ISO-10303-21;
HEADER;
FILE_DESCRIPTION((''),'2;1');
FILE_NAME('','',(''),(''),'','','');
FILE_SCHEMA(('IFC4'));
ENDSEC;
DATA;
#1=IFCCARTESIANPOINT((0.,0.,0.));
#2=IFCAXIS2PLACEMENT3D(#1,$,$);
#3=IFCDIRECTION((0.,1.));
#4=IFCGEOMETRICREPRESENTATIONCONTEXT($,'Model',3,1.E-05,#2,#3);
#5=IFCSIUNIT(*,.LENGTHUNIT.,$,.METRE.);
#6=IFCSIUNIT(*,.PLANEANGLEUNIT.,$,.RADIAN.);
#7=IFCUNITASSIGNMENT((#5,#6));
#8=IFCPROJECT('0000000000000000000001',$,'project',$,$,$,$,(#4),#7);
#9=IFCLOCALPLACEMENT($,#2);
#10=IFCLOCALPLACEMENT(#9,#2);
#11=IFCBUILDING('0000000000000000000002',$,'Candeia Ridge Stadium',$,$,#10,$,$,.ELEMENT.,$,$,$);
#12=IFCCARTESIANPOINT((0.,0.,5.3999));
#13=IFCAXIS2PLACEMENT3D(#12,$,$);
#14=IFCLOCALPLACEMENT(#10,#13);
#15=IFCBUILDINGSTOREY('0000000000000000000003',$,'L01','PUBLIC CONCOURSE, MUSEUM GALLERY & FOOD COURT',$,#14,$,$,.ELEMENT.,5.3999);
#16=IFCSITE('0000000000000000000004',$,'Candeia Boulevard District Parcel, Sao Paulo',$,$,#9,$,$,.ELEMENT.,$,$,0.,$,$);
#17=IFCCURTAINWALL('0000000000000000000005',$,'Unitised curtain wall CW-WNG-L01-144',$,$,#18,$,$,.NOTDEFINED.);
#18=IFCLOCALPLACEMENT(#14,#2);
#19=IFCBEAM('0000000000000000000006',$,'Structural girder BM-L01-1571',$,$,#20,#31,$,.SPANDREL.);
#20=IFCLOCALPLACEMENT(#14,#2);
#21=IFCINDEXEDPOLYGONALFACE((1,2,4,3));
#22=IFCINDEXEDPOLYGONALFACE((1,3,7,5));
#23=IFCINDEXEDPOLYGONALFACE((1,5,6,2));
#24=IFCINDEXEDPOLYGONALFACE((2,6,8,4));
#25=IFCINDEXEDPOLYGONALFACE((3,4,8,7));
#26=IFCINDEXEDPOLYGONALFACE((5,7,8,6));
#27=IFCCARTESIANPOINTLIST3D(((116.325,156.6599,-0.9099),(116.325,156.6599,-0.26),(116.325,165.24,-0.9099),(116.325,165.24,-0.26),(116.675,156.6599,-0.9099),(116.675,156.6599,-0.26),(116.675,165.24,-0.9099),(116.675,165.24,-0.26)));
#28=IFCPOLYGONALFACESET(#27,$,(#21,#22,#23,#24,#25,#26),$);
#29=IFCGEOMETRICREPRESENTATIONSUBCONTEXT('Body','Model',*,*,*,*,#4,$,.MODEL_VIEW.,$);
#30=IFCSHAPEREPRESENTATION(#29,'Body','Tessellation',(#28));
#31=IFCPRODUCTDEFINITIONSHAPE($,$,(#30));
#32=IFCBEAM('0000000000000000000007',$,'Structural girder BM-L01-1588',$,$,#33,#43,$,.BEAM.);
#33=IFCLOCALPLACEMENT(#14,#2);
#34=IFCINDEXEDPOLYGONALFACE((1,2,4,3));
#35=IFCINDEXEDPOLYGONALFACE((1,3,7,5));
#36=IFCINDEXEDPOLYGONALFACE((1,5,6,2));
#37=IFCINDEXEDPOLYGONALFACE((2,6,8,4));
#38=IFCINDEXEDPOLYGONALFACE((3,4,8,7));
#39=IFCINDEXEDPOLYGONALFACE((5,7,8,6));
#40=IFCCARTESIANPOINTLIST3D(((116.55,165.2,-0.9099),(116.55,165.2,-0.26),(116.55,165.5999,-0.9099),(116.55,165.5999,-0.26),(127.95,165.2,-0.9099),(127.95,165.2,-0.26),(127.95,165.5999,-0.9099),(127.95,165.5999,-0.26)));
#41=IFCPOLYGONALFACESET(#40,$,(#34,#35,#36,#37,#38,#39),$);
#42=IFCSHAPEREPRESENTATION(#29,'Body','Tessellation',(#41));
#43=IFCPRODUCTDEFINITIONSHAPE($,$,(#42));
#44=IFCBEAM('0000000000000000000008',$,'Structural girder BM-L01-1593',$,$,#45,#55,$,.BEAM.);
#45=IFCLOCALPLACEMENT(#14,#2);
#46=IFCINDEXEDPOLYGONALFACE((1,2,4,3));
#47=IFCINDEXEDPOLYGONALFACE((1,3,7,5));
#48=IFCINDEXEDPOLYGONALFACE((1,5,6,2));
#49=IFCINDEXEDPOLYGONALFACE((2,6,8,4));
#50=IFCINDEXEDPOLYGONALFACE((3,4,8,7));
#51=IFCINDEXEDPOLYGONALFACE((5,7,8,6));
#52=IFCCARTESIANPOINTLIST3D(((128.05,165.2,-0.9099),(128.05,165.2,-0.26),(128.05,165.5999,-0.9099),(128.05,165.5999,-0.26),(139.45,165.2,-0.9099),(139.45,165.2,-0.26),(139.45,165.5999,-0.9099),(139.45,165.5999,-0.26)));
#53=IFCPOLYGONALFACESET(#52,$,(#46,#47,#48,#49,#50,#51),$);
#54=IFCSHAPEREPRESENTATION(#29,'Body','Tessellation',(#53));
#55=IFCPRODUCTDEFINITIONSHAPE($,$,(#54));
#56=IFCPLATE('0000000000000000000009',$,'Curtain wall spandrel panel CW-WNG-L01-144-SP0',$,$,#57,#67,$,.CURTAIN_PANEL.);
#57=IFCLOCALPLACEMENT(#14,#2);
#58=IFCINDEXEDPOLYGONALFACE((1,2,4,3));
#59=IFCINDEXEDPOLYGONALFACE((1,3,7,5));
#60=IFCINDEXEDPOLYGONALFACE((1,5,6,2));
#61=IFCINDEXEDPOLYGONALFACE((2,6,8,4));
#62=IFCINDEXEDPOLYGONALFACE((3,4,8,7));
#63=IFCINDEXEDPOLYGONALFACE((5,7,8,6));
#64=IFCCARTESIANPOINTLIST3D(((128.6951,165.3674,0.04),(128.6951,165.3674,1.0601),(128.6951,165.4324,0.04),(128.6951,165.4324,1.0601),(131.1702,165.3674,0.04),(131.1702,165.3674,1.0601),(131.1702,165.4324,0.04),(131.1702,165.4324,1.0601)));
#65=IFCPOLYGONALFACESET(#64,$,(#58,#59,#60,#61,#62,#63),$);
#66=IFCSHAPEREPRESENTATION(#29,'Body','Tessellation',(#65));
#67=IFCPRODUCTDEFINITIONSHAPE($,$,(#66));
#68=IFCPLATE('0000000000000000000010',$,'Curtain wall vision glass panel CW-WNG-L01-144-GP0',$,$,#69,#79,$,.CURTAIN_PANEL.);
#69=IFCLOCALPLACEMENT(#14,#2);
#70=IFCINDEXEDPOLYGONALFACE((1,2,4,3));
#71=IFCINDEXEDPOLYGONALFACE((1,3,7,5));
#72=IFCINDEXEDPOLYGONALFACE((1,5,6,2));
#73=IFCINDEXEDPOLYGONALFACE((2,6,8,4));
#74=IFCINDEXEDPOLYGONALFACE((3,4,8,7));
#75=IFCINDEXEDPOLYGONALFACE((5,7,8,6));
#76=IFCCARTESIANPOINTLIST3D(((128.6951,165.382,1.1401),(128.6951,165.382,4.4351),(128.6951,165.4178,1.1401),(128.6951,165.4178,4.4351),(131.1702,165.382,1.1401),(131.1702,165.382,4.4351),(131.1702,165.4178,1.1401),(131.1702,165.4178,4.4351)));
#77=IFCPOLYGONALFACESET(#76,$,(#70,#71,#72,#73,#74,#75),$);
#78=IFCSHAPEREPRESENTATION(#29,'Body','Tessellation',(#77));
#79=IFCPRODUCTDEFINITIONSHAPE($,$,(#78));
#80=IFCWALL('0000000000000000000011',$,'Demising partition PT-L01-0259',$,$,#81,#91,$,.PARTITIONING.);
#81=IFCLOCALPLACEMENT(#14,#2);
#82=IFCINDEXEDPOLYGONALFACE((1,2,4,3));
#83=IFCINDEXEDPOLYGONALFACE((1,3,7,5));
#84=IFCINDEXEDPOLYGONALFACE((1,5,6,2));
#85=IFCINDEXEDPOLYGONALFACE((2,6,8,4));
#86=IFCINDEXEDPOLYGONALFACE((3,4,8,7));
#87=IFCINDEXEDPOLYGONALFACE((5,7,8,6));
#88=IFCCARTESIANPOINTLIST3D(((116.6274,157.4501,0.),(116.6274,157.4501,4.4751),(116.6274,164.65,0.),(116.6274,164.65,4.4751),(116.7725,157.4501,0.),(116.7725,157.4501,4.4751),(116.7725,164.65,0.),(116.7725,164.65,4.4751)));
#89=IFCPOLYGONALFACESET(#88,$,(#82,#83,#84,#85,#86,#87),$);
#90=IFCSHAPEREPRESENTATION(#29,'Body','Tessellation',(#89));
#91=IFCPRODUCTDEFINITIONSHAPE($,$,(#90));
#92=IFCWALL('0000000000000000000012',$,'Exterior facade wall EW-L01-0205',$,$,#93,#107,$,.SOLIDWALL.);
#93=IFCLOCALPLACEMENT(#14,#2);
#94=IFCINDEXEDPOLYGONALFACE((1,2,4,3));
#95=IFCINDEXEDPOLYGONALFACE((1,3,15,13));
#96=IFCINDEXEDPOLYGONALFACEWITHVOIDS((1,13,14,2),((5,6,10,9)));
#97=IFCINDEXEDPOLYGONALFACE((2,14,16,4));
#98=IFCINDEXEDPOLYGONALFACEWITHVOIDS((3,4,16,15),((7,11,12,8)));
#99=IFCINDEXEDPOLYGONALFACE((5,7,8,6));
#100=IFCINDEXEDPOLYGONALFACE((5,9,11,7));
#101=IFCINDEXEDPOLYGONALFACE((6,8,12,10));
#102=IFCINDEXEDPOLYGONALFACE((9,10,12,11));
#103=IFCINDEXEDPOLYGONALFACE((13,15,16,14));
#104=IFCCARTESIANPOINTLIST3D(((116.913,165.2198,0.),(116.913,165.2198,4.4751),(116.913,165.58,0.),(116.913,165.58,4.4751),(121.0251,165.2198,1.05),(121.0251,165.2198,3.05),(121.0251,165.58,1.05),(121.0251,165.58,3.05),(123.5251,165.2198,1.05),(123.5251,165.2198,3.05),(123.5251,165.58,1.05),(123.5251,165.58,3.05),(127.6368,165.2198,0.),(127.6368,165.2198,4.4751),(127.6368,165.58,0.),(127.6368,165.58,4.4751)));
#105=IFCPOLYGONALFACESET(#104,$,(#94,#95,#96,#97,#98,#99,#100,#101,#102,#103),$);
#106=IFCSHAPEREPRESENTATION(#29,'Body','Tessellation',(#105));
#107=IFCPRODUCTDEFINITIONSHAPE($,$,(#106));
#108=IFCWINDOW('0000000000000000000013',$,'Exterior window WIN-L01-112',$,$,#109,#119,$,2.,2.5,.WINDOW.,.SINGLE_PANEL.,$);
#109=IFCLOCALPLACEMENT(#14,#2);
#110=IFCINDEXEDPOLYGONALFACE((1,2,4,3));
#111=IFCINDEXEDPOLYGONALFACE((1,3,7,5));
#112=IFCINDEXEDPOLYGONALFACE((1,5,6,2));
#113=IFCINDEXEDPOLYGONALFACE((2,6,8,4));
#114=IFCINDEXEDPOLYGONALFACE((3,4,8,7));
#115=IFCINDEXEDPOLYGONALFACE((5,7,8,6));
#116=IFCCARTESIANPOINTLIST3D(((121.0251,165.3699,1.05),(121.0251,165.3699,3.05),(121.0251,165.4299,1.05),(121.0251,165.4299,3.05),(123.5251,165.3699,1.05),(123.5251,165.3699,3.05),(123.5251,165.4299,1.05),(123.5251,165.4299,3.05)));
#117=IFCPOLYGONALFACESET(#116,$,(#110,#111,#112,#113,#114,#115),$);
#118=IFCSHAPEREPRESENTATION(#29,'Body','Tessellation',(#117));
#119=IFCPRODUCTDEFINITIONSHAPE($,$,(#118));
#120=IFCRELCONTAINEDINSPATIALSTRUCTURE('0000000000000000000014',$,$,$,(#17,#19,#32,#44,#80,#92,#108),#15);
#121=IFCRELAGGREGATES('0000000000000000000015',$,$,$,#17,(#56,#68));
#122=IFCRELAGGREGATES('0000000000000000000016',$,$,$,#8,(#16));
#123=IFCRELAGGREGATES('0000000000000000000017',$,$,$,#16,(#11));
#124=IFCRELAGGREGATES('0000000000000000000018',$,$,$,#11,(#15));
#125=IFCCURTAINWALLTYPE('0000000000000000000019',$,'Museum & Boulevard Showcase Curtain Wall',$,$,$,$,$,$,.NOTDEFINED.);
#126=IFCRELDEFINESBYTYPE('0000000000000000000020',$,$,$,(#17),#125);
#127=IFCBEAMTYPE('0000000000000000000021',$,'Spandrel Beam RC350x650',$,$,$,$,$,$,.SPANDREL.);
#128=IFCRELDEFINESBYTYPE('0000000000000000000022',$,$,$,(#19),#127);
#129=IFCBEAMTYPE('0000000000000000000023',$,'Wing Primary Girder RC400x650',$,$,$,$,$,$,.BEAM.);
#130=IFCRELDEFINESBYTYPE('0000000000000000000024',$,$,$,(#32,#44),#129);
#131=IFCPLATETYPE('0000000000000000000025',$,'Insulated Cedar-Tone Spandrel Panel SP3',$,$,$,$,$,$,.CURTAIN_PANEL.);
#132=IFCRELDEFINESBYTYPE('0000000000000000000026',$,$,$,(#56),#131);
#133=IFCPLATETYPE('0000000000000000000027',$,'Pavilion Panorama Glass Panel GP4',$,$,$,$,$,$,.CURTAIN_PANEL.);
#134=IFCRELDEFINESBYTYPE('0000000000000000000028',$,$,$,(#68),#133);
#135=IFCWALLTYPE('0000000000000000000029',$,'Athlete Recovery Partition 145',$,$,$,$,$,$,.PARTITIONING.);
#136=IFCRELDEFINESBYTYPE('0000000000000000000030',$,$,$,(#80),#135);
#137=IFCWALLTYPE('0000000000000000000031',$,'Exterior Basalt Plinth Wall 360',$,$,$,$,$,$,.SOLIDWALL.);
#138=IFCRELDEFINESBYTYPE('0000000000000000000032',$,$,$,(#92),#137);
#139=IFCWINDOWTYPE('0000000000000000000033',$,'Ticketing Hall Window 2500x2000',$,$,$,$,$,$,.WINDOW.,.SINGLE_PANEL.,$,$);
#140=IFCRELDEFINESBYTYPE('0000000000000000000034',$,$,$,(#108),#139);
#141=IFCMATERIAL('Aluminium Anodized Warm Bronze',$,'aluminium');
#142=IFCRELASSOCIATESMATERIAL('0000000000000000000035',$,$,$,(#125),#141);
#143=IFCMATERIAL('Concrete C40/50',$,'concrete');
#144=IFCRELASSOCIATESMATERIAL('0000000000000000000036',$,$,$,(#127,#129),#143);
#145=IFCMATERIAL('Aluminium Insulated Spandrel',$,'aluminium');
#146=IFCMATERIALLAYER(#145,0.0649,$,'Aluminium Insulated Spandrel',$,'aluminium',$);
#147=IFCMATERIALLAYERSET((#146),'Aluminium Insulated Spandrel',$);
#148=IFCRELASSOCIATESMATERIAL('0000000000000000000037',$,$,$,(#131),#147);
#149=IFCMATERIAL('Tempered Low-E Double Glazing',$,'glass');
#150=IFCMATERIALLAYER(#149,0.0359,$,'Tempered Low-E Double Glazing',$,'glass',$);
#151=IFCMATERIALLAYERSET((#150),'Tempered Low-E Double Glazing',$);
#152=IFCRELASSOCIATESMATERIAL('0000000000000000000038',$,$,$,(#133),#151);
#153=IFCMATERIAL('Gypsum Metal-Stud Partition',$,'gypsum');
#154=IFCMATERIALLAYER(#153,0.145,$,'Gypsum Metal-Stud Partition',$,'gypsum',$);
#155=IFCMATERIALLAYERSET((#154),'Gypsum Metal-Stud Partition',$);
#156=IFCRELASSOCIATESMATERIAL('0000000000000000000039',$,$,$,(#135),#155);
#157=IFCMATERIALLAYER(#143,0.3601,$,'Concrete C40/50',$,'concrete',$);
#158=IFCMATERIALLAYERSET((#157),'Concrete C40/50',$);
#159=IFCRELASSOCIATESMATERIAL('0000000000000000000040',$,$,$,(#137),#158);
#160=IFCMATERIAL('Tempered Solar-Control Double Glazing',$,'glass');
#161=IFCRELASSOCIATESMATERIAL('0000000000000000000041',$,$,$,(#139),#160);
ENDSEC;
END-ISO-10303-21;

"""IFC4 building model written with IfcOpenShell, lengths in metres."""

from ifc_helpers import new_model, si_unit, direction, frame, frame_2d, origin, origin_2d, place, context, subcontext, project, spatial, rectangle, extrude, material, layer, layer_set, material_profile, profile_set, type_object, element, fill, aggregate, save


model = new_model("IFC4")

# Units and contexts
model_context = context("Model", 3, precision=1e-05, world=origin(), true_north=direction((0.0, 1.0)))
body_context = subcontext(model_context, "Body", "Model", "MODEL_VIEW")
ifc_project = project(units=[si_unit("LENGTHUNIT", "METRE"), si_unit("PLANEANGLEUNIT", "RADIAN")], contexts=[model_context])

# Site, building, storey
site_placement = place(None, origin())
site = spatial("IfcSite", under=ifc_project, at=site_placement, Name="Candeia Boulevard District Parcel, Sao Paulo", CompositionType="ELEMENT", RefElevation=0.0)
building_placement = place(site_placement, origin())
building = spatial("IfcBuilding", under=site, at=building_placement, Name="Candeia Ridge Stadium", CompositionType="ELEMENT")
storey_placement = place(building_placement, frame((0.0, 0.0, 5.3999)))
storey = spatial("IfcBuildingStorey", under=building, at=storey_placement, Name="L01", Description="PUBLIC CONCOURSE, MUSEUM GALLERY & FOOD COURT", CompositionType="ELEMENT", Elevation=5.3999)

# Shared definitions
ifc_material_1 = material(Name="Concrete C40/50", Category="concrete")

# Curtain wall
ifc_material_2 = material(Name="Aluminium Anodized Warm Bronze", Category="aluminium")
curtain_wall_type = type_object("IfcCurtainWallType", Name="Museum & Boulevard Showcase Curtain Wall", PredefinedType="NOTDEFINED", material=ifc_material_2)
curtain_wall_placement = place(storey_placement, origin())
curtain_wall = element("IfcCurtainWall", 1, at=curtain_wall_placement, inside=storey, type_object=curtain_wall_type, Name="Unitised curtain wall CW-WNG-L01-144", PredefinedType="NOTDEFINED")

# Beams
ifc_material_profile_1 = material_profile(ifc_material_1, rectangle(XDim=0.3501, YDim=0.6499, at=origin_2d()), Name="RC350x650", Category="concrete")
ifc_profile_set_1 = profile_set([ifc_material_profile_1], Name="Concrete C40/50")
beam_type_1 = type_object("IfcBeamType", Name="Spandrel Beam RC350x650", PredefinedType="SPANDREL", material=ifc_profile_set_1)
beam_1_placement = place(storey_placement, frame((116.5, 156.6599, -0.585), z_axis=(0.0, 1.0, 0.0), x_axis=(-1.0, 0.0, 0.0)))
element("IfcBeam", 2, at=beam_1_placement, inside=storey, type_object=beam_type_1, Name="Structural girder BM-L01-1571", PredefinedType="SPANDREL", context=body_context, shape_type="SweptSolid", body=[
    extrude(rectangle(XDim=0.3501, YDim=0.6499, at=origin_2d()), origin(), (0.0, 0.0, 1.0), 8.5801),
])
ifc_material_profile_2 = material_profile(ifc_material_1, rectangle(XDim=0.3999, YDim=0.6499, at=origin_2d()), Name="RC400x650", Category="concrete")
ifc_profile_set_2 = profile_set([ifc_material_profile_2], Name="Concrete C40/50")
beam_type_2 = type_object("IfcBeamType", Name="Wing Primary Girder RC400x650", PredefinedType="BEAM", material=ifc_profile_set_2)
for number, where, z_axis, x_axis, name in (
    (3, (116.55, 165.3999, -0.585), (1.0, 0.0, 0.0), (0.0, 1.0, 0.0), "Structural girder BM-L01-1588"),
    (4, (128.05, 165.3999, -0.585), (1.0, 0.0, 0.0), (0.0, 1.0, 0.0), "Structural girder BM-L01-1593"),
):
    element("IfcBeam", number, at=place(storey_placement, frame(where, z_axis=z_axis, x_axis=x_axis)), inside=storey, type_object=beam_type_2, Name=name, PredefinedType="BEAM", context=body_context, shape_type="SweptSolid", body=[
        extrude(rectangle(XDim=0.3999, YDim=0.6499, at=origin_2d()), origin(), (0.0, 0.0, 1.0), 11.3999),
    ])

# Plates
ifc_material_3 = material(Name="Aluminium Insulated Spandrel", Category="aluminium")
ifc_layer_1 = layer(ifc_material_3, 0.0649, Name="Aluminium Insulated Spandrel", Category="aluminium")
ifc_layer_set_1 = layer_set([ifc_layer_1], Name="Aluminium Insulated Spandrel")
plate_type_1 = type_object("IfcPlateType", Name="Insulated Cedar-Tone Spandrel Panel SP3", PredefinedType="CURTAIN_PANEL", material=ifc_layer_set_1)
plate_1_placement = place(storey_placement, frame((129.9326, 165.3999, 0.04), z_axis=(0.0, 0.0, 1.0), x_axis=(1.0, 0.0, 0.0)))
plate_1 = element("IfcPlate", 5, at=plate_1_placement, type_object=plate_type_1, Name="Curtain wall spandrel panel CW-WNG-L01-144-SP0", PredefinedType="CURTAIN_PANEL", context=body_context, shape_type="SweptSolid", body=[
    extrude(rectangle(XDim=2.4751, YDim=0.0649, at=origin_2d()), origin(), (0.0, 0.0, 1.0), 1.02),
])
ifc_material_4 = material(Name="Tempered Low-E Double Glazing", Category="glass")
ifc_layer_2 = layer(ifc_material_4, 0.0359, Name="Tempered Low-E Double Glazing", Category="glass")
ifc_layer_set_2 = layer_set([ifc_layer_2], Name="Tempered Low-E Double Glazing")
plate_type_2 = type_object("IfcPlateType", Name="Pavilion Panorama Glass Panel GP4", PredefinedType="CURTAIN_PANEL", material=ifc_layer_set_2)
plate_2_placement = place(storey_placement, frame((129.9326, 165.3999, 1.1401), z_axis=(0.0, 0.0, 1.0), x_axis=(1.0, 0.0, 0.0)))
plate_2 = element("IfcPlate", 6, at=plate_2_placement, type_object=plate_type_2, Name="Curtain wall vision glass panel CW-WNG-L01-144-GP0", PredefinedType="CURTAIN_PANEL", context=body_context, shape_type="SweptSolid", body=[
    extrude(rectangle(XDim=2.4751, YDim=0.0359, at=origin_2d()), origin(), (0.0, 0.0, 1.0), 3.2949),
])
aggregate(curtain_wall, [plate_1, plate_2])

# Wall
ifc_material_5 = material(Name="Gypsum Metal-Stud Partition", Category="gypsum")
ifc_layer_3 = layer(ifc_material_5, 0.145, Name="Gypsum Metal-Stud Partition", Category="gypsum")
ifc_layer_set_3 = layer_set([ifc_layer_3], Name="Gypsum Metal-Stud Partition")
wall_type_1 = type_object("IfcWallType", Name="Athlete Recovery Partition 145", PredefinedType="PARTITIONING", material=ifc_layer_set_3)
wall_1_placement = place(storey_placement, frame((116.7, 157.45, 0.0), z_axis=(0.0, 0.0, 1.0), x_axis=(0.0, 1.0, 0.0)))
element("IfcWall", 7, at=wall_1_placement, inside=storey, type_object=wall_type_1, Name="Demising partition PT-L01-0259", PredefinedType="PARTITIONING", context=body_context, shape_type="SweptSolid", body=[
    extrude(rectangle(XDim=7.2, YDim=0.145, at=frame_2d((3.6001, 0.0))), origin(), (0.0, 0.0, 1.0), 4.4751),
])

# Wall, opening, window
ifc_layer_4 = layer(ifc_material_1, 0.3601, Name="Concrete C40/50", Category="concrete")
ifc_layer_set_4 = layer_set([ifc_layer_4], Name="Concrete C40/50")
wall_type_2 = type_object("IfcWallType", Name="Exterior Basalt Plinth Wall 360", PredefinedType="SOLIDWALL", material=ifc_layer_set_4)
wall_2_placement = place(storey_placement, frame((116.9131, 165.3999, 0.0), z_axis=(0.0, 0.0, 1.0), x_axis=(1.0, 0.0, 0.0)))
wall_2 = element("IfcWall", 8, at=wall_2_placement, inside=storey, type_object=wall_type_2, Name="Exterior facade wall EW-L01-0205", PredefinedType="SOLIDWALL", context=body_context, shape_type="SweptSolid", body=[
    extrude(rectangle(XDim=10.7239, YDim=0.3601, at=frame_2d((5.3618, 0.0))), origin(), (0.0, 0.0, 1.0), 4.4751),
])
opening_placement = place(wall_2_placement, frame((4.1121, 0.0, 1.05)))
opening = element("IfcOpeningElement", 9, at=opening_placement, cuts=wall_2, PredefinedType="OPENING", context=body_context, shape_type="SweptSolid", body=[
    extrude(rectangle(XDim=2.5, YDim=2.0, at=frame_2d((1.25, 1.0))), frame((0.0, 0.1899, 0.0), z_axis=(0.0, -1.0, 0.0), x_axis=(1.0, 0.0, 0.0)), (0.0, 0.0, 1.0), 0.3801),
])
ifc_material_6 = material(Name="Tempered Solar-Control Double Glazing", Category="glass")
window_type = type_object("IfcWindowType", Name="Ticketing Hall Window 2500x2000", PartitioningType="SINGLE_PANEL", PredefinedType="WINDOW", material=ifc_material_6)
window_placement = place(opening_placement, origin())
window = element("IfcWindow", 10, at=window_placement, inside=storey, type_object=window_type, Name="Exterior window WIN-L01-112", OverallHeight=2.0, OverallWidth=2.5, PartitioningType="SINGLE_PANEL", PredefinedType="WINDOW", context=body_context, shape_type="SweptSolid", body=[
    extrude(rectangle(XDim=2.5, YDim=2.0, at=frame_2d((1.25, 1.0))), frame((0.0, 0.03, 0.0), z_axis=(0.0, -1.0, 0.0), x_axis=(1.0, 0.0, 0.0)), (0.0, 0.0, 1.0), 0.0601),
])
fill(opening, window)

save(model, "model.ifc")
